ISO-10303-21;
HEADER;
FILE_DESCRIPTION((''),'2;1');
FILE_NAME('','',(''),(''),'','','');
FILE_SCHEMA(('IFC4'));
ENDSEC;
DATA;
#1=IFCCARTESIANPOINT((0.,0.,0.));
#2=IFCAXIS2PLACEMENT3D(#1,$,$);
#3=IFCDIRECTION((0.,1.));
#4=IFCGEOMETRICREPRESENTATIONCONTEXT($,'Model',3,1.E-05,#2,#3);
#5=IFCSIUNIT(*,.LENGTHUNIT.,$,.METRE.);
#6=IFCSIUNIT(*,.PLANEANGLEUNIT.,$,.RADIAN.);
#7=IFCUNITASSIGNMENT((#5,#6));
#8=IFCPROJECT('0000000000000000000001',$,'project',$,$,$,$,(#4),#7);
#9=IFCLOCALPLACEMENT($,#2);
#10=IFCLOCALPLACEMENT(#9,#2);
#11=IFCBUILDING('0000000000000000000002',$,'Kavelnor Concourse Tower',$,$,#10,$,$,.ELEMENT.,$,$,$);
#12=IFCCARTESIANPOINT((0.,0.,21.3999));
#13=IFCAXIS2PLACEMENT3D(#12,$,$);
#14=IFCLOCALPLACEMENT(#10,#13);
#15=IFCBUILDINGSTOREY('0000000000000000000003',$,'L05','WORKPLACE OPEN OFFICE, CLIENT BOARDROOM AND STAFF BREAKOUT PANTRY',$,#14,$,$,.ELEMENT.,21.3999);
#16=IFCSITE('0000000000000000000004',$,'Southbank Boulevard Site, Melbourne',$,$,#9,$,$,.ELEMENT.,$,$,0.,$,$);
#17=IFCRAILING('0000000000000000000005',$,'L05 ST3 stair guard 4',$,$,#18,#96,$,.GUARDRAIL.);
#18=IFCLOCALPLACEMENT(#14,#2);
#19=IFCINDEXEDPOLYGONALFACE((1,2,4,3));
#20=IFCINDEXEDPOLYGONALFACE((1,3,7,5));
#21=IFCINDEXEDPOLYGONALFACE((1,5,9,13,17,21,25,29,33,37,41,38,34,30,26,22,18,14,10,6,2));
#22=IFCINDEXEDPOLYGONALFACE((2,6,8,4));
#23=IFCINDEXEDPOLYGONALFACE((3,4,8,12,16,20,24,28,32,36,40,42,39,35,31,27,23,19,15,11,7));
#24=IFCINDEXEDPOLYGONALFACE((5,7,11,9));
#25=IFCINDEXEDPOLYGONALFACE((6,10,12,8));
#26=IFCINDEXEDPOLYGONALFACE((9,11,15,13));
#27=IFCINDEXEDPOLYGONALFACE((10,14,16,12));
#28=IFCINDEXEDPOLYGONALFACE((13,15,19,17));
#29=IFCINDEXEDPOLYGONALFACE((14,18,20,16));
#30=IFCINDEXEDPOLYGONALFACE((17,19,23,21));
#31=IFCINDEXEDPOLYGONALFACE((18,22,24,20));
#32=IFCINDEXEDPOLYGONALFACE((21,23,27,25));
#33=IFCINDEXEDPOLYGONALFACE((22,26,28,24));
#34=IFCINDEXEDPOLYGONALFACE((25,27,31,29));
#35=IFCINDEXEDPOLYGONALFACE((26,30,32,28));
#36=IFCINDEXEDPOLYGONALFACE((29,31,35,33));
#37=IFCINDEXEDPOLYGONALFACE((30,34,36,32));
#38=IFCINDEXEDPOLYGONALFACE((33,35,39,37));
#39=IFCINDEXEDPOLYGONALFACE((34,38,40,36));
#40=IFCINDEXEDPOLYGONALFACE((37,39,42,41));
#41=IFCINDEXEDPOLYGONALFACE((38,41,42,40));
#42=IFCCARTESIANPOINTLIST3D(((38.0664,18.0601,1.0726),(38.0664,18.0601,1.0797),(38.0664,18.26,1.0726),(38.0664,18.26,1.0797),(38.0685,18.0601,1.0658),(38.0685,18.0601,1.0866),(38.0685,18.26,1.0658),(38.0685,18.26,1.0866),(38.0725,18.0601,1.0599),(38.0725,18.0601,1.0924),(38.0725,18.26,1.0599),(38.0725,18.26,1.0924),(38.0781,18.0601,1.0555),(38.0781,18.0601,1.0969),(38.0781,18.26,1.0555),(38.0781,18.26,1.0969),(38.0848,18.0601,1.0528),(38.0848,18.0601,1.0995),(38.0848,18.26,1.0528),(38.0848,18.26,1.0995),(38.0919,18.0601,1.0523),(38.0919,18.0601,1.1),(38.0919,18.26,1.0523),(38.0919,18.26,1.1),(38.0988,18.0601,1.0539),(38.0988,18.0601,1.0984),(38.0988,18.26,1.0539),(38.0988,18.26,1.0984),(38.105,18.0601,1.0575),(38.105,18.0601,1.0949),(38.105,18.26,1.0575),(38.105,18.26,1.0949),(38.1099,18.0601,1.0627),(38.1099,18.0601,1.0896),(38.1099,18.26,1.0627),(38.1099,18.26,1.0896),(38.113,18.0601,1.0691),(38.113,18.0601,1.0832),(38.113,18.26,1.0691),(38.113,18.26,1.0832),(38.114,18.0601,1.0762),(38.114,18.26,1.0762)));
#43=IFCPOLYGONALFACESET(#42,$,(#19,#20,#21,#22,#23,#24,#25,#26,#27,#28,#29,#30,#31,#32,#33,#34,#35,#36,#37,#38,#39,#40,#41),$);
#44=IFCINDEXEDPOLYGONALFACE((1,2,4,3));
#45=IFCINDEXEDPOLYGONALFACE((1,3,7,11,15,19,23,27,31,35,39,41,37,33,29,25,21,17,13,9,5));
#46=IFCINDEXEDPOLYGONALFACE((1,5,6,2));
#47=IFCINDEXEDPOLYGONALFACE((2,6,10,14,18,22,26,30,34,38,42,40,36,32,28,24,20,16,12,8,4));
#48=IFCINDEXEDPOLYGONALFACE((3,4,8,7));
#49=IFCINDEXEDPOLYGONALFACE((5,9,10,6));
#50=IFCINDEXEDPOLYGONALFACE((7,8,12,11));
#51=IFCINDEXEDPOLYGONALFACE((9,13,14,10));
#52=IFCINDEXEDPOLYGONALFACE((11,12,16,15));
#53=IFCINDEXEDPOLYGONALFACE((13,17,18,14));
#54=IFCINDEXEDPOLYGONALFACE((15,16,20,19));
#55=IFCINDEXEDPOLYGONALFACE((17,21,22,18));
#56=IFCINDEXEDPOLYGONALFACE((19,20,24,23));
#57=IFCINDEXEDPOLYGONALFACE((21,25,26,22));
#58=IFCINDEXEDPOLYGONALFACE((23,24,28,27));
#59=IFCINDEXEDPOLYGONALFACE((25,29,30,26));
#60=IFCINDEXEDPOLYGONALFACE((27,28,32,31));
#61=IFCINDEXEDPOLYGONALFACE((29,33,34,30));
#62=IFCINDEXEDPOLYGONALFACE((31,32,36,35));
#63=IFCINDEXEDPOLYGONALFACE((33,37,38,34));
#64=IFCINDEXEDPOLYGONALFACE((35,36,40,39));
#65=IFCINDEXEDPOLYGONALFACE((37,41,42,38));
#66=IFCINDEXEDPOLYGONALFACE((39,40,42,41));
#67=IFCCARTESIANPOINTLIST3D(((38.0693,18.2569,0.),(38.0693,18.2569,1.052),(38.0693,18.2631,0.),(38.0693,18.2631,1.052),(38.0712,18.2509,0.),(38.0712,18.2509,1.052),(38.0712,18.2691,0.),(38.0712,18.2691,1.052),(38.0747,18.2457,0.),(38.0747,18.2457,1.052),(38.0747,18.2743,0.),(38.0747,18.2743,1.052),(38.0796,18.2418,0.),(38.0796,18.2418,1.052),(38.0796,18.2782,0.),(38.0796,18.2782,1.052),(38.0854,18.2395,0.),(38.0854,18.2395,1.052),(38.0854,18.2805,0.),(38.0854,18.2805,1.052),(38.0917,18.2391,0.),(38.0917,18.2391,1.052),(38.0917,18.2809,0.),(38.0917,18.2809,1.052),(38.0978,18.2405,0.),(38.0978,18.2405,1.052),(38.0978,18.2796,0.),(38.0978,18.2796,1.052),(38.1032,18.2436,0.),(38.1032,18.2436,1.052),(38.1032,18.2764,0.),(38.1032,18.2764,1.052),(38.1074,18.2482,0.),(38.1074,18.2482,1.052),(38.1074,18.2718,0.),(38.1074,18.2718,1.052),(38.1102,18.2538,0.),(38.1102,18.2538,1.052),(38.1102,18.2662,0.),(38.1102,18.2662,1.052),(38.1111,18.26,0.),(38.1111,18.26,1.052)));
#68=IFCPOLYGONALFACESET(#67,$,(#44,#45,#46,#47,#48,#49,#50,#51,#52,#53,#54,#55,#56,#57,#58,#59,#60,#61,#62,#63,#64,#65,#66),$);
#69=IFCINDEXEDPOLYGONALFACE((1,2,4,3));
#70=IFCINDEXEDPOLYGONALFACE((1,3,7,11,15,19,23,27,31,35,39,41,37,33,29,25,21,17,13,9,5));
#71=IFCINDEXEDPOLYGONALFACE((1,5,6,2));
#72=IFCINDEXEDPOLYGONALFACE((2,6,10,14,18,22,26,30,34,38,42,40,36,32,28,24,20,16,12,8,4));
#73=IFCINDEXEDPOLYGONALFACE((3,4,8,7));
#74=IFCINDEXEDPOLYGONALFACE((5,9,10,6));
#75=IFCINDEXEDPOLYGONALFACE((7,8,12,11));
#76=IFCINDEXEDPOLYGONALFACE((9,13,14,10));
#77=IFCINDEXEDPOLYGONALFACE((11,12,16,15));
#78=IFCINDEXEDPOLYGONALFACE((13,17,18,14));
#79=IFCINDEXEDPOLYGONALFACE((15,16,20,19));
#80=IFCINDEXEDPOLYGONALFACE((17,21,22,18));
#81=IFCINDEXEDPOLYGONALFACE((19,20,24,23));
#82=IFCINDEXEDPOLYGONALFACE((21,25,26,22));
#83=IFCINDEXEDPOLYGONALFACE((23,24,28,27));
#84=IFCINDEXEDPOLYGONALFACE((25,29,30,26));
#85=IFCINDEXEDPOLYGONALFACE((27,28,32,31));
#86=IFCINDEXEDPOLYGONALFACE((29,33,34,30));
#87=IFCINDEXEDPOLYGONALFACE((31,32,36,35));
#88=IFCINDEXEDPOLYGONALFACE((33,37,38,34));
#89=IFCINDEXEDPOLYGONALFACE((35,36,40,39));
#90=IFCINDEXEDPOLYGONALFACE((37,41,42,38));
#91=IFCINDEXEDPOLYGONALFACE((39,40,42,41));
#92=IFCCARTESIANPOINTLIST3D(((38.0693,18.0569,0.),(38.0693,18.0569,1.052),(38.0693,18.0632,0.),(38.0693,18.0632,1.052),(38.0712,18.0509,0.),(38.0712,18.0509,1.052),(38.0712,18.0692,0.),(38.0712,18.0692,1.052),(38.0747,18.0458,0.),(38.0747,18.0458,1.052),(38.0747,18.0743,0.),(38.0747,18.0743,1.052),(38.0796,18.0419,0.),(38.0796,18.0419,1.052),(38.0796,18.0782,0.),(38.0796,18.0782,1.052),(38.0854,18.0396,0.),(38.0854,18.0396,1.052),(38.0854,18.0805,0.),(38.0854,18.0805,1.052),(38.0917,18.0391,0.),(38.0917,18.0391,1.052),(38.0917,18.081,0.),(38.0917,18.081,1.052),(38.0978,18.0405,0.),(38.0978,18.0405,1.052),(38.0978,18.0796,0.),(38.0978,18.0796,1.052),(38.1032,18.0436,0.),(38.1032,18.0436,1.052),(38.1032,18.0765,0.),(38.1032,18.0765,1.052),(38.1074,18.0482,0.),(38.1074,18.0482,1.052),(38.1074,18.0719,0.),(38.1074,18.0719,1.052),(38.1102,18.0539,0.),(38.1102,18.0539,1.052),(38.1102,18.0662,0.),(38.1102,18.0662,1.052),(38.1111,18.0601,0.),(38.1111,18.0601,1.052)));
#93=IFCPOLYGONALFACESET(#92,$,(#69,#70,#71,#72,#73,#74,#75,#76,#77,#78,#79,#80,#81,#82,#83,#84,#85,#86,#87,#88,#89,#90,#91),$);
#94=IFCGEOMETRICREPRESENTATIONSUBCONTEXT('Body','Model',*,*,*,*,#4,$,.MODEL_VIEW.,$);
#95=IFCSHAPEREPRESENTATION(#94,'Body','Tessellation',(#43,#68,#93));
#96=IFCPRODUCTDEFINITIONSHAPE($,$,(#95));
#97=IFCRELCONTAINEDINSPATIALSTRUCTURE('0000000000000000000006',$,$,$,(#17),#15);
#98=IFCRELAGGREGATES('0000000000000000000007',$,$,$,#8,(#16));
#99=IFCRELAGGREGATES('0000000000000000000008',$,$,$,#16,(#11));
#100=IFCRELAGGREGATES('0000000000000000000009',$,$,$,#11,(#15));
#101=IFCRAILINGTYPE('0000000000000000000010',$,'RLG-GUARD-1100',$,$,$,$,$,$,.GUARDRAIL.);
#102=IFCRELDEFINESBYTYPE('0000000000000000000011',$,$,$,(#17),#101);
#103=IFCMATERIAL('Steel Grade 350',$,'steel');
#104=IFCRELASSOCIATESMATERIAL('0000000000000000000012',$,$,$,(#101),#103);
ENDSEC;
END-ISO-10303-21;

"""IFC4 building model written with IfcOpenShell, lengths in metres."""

from ifc_helpers import new_model, si_unit, direction, frame, origin, origin_2d, place, context, subcontext, project, spatial, circle, extrude, material, type_object, element, save


model = new_model("IFC4")

# Units and contexts
model_context = context("Model", 3, precision=1e-05, world=origin(), true_north=direction((0.0, 1.0)))
body_context = subcontext(model_context, "Body", "Model", "MODEL_VIEW")
ifc_project = project(units=[si_unit("LENGTHUNIT", "METRE"), si_unit("PLANEANGLEUNIT", "RADIAN")], contexts=[model_context])

# Site, building, storey
site_placement = place(None, origin())
site = spatial("IfcSite", under=ifc_project, at=site_placement, Name="Southbank Boulevard Site, Melbourne", CompositionType="ELEMENT", RefElevation=0.0)
building_placement = place(site_placement, origin())
building = spatial("IfcBuilding", under=site, at=building_placement, Name="Kavelnor Concourse Tower", CompositionType="ELEMENT")
storey_placement = place(building_placement, frame((0.0, 0.0, 21.3999)))
storey = spatial("IfcBuildingStorey", under=building, at=storey_placement, Name="L05", Description="WORKPLACE OPEN OFFICE, CLIENT BOARDROOM AND STAFF BREAKOUT PANTRY", CompositionType="ELEMENT", Elevation=21.3999)

# Shared definitions
ifc_material_1 = material(Name="Steel Grade 350", Category="steel")

# Railing
railing_type_1 = type_object("IfcRailingType", Name="RLG-GUARD-1100", PredefinedType="GUARDRAIL", material=ifc_material_1)
railing_1_placement = place(storey_placement, frame((38.0901, 18.26, 0.0)))
element("IfcRailing", 1, at=railing_1_placement, inside=storey, type_object=railing_type_1, Name="L05 ST3 stair guard 4", PredefinedType="GUARDRAIL", context=body_context, shape_type="SweptSolid", body=[
    extrude(circle(Radius=0.0239, at=origin_2d()), frame((0.0, 0.0, 1.0762), z_axis=(0.0, -1.0, 0.0), x_axis=(1.0, 0.0, 0.0)), (0.0, 0.0, 1.0), 0.2),
    extrude(circle(Radius=0.021, at=origin_2d()), origin(), (0.0, 0.0, 1.0), 1.052),
    extrude(circle(Radius=0.021, at=origin_2d()), frame((0.0, -0.2, 0.0)), (0.0, 0.0, 1.0), 1.052),
])

save(model, "model.ifc")
